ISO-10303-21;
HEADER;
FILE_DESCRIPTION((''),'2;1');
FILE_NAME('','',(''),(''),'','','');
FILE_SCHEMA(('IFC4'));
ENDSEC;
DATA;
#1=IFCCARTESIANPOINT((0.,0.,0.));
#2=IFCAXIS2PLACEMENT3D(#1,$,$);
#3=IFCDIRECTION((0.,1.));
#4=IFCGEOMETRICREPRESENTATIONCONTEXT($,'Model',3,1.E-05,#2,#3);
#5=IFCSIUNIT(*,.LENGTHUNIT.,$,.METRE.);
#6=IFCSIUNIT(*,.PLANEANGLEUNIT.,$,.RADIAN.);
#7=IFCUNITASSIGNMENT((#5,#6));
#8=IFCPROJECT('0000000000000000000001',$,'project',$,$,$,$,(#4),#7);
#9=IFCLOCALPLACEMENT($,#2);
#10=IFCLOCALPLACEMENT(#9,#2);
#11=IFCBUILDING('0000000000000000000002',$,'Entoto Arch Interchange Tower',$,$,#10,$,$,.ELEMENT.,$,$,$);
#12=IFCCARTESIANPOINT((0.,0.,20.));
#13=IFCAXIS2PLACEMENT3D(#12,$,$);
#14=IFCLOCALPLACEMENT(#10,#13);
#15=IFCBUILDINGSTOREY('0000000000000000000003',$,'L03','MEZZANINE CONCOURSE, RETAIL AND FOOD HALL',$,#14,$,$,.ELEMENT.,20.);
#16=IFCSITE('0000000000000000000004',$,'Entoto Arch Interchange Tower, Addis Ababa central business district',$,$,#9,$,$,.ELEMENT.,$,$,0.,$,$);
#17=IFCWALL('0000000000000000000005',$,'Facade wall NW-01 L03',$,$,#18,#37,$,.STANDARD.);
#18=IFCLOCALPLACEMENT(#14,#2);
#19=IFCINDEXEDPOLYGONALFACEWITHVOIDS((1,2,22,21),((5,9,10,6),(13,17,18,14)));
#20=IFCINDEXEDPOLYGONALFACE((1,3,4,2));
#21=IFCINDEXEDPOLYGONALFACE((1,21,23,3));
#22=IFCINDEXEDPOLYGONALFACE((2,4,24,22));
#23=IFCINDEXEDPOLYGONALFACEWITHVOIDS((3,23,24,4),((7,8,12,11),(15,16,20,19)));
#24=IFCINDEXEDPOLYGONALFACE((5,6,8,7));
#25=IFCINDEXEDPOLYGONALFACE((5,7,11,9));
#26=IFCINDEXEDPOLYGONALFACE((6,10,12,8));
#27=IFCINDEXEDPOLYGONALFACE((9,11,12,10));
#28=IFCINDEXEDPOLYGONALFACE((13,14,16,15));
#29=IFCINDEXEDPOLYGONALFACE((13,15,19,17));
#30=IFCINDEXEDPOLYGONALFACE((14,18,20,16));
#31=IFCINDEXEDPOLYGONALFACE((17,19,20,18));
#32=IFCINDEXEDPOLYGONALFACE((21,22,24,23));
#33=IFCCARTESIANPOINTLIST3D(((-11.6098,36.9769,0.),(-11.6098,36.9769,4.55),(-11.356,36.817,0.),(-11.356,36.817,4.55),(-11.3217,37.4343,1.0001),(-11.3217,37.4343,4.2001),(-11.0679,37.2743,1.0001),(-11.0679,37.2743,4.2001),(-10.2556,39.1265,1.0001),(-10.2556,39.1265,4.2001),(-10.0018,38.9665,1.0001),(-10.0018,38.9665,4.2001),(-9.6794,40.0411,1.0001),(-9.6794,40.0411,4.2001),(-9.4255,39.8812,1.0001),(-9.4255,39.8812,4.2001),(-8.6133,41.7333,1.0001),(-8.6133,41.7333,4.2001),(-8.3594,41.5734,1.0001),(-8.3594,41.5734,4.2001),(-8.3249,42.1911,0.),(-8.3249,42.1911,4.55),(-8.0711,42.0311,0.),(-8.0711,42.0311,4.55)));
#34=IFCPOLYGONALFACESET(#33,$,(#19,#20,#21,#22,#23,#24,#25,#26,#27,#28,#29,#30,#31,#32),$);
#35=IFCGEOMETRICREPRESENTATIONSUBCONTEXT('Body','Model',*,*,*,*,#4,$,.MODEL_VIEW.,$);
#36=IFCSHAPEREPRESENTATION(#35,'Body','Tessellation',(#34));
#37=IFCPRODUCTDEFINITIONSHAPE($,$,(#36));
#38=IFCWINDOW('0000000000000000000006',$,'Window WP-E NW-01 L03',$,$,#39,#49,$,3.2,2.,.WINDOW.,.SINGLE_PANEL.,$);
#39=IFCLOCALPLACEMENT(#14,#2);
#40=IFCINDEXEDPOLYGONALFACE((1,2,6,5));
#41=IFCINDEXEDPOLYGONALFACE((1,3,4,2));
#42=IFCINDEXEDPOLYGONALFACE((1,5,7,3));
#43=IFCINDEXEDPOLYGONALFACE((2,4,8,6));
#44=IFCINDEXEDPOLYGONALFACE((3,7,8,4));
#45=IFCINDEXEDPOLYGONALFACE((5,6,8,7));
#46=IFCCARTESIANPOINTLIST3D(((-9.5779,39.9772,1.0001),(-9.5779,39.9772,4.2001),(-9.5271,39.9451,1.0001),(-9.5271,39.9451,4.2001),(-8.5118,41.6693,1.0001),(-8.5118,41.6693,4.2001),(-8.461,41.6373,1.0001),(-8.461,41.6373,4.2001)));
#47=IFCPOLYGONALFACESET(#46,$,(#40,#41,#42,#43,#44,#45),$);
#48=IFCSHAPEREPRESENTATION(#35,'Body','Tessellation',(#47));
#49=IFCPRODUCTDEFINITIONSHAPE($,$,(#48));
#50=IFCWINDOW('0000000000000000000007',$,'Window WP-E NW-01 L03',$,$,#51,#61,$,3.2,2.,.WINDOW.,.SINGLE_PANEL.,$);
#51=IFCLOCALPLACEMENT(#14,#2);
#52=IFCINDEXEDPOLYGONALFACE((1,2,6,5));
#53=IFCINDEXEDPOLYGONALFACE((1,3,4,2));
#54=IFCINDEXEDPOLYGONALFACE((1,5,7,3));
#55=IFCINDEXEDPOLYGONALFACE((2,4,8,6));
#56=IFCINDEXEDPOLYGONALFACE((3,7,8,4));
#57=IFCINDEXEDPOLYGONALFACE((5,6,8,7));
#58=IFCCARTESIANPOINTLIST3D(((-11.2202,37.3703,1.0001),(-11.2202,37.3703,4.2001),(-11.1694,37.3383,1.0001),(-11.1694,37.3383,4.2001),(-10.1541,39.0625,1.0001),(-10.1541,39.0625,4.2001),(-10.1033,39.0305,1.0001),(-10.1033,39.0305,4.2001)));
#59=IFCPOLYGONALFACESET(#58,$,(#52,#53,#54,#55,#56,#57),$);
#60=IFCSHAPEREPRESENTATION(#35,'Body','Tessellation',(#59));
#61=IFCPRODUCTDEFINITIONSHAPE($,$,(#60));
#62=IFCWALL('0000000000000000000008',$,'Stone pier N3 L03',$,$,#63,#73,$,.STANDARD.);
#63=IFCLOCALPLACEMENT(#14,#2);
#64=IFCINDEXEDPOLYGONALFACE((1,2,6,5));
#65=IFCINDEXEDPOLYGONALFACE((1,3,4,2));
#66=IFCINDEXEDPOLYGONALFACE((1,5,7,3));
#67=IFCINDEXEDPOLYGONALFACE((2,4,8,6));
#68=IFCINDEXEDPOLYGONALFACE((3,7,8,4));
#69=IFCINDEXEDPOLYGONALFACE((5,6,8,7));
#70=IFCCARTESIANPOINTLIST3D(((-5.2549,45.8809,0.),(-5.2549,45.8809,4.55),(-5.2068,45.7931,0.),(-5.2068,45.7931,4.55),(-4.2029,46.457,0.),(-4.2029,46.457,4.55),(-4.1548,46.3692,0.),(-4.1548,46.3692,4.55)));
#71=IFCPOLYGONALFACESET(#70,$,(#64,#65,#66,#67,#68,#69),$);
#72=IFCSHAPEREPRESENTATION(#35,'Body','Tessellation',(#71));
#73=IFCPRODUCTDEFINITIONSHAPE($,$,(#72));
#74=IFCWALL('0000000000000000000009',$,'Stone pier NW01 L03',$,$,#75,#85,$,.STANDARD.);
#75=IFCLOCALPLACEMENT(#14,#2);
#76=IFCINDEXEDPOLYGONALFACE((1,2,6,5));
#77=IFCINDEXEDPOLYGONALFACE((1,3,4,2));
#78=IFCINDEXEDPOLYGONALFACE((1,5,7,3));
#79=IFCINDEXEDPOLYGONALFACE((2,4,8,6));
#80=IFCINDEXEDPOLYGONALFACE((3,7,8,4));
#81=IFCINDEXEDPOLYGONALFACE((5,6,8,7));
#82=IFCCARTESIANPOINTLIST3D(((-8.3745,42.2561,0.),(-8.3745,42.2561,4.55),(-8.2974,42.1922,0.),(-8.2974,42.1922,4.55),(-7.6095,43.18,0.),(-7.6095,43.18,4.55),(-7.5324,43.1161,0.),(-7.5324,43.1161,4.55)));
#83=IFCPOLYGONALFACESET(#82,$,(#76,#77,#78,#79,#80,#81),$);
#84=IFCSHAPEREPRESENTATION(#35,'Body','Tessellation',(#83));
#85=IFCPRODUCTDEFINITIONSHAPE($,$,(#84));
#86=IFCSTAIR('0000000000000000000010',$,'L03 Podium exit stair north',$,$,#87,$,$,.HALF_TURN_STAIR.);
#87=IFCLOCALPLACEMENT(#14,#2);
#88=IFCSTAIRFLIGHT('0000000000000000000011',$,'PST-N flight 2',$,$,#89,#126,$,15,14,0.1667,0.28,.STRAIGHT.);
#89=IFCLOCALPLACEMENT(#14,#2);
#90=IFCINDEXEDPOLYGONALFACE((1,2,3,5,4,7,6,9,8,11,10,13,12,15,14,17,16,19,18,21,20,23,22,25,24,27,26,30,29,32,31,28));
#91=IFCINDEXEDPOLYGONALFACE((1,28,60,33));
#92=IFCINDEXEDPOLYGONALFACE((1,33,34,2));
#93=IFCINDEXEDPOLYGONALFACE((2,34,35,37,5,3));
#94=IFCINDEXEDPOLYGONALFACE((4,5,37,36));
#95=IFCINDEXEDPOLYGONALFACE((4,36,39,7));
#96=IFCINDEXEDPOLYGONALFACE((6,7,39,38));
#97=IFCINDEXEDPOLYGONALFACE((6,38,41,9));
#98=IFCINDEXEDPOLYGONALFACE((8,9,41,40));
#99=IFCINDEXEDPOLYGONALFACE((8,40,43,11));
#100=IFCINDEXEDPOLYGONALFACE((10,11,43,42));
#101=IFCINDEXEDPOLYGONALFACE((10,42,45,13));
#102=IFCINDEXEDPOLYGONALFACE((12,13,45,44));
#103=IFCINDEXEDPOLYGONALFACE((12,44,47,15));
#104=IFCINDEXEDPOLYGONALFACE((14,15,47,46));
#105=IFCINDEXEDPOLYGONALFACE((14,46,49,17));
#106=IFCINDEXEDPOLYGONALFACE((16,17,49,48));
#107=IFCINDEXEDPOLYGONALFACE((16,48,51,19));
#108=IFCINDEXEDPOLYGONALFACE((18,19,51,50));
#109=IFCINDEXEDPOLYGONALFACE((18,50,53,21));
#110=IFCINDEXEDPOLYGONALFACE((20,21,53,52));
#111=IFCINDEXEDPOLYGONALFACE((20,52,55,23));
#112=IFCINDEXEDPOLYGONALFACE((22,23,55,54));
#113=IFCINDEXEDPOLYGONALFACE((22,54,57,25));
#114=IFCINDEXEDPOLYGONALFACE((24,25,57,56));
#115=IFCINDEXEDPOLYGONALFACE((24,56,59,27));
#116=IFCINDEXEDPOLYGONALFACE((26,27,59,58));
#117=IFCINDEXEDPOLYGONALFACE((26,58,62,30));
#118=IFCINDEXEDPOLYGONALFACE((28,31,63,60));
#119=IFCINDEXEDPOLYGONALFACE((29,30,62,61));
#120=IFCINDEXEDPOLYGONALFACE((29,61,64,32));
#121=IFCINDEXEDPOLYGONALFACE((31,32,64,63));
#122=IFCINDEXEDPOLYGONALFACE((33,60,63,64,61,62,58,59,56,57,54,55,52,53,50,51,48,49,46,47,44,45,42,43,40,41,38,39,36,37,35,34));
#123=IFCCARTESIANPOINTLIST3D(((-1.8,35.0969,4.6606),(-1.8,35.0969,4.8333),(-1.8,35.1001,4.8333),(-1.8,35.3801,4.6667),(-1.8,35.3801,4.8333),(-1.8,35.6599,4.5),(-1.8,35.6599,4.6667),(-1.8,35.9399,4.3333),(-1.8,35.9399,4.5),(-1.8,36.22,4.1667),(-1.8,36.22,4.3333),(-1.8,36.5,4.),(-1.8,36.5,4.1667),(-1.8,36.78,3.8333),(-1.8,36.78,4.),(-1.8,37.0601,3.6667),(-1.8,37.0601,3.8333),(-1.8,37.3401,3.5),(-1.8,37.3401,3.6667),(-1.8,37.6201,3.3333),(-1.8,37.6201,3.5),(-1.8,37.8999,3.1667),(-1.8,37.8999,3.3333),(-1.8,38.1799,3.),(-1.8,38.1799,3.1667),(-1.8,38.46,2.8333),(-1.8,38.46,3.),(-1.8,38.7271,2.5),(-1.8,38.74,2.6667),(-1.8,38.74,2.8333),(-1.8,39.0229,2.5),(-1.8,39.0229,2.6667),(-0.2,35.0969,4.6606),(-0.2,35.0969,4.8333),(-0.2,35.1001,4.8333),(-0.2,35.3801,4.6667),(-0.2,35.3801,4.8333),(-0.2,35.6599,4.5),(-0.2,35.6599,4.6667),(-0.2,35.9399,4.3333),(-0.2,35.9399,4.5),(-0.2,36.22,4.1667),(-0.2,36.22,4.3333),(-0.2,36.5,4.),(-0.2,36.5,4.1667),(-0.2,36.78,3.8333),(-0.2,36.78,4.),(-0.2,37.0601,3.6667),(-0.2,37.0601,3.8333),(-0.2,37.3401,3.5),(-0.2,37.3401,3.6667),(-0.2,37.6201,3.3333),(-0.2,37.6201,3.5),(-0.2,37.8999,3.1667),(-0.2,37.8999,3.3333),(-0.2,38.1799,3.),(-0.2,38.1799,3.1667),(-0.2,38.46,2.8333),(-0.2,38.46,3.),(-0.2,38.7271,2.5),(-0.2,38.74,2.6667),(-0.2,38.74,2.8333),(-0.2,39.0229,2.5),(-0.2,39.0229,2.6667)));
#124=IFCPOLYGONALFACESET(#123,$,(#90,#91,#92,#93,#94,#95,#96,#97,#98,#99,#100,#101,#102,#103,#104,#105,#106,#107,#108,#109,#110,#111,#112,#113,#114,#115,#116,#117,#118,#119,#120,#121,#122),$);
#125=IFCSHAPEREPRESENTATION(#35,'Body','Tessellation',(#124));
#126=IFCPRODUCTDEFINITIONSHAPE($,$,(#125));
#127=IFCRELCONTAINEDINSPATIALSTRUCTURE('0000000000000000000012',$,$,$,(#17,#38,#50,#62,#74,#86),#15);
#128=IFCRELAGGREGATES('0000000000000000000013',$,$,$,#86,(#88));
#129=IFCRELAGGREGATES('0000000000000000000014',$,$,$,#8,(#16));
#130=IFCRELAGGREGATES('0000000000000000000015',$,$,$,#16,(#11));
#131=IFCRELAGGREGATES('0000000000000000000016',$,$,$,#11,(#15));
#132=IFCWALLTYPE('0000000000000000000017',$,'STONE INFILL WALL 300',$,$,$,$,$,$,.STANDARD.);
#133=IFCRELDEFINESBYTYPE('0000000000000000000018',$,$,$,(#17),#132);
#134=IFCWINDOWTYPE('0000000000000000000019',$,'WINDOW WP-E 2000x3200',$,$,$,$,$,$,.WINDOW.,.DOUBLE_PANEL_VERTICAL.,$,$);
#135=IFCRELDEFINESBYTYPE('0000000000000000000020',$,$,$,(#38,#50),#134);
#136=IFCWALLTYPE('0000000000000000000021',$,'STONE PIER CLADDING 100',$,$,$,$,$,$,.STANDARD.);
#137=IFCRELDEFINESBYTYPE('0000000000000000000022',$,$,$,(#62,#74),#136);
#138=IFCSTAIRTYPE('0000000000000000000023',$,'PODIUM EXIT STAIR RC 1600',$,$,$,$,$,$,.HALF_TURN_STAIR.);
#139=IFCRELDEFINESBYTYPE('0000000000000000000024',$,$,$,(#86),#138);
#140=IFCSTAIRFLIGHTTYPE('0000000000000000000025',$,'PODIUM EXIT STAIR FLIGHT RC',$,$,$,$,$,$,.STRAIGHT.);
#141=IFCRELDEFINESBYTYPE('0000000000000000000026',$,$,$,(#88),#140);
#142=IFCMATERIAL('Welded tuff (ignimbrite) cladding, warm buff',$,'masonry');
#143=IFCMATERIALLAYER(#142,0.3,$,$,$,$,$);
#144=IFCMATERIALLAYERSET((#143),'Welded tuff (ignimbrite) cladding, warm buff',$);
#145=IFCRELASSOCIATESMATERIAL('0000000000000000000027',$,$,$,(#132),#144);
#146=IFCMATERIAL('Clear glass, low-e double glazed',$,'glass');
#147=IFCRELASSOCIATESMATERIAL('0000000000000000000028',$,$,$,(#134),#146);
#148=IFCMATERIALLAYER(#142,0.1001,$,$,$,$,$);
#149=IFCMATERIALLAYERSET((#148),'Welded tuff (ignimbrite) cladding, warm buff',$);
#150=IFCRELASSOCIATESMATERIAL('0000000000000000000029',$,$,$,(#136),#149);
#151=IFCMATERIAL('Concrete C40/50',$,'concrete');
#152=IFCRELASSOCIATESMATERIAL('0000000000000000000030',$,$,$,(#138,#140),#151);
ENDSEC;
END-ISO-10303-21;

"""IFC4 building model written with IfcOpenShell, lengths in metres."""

from ifc_helpers import new_model, si_unit, direction, frame, frame_2d, origin, place, context, subcontext, project, spatial, polyline, rectangle, outline, extrude, material, layer, layer_set, type_object, element, fill, aggregate, save


model = new_model("IFC4")

# Units and contexts
model_context = context("Model", 3, precision=1e-05, world=origin(), true_north=direction((0.0, 1.0)))
body_context = subcontext(model_context, "Body", "Model", "MODEL_VIEW")
ifc_project = project(units=[si_unit("LENGTHUNIT", "METRE"), si_unit("PLANEANGLEUNIT", "RADIAN")], contexts=[model_context])

# Site, building, storey
site_placement = place(None, origin())
site = spatial("IfcSite", under=ifc_project, at=site_placement, Name="Entoto Arch Interchange Tower, Addis Ababa central business district", CompositionType="ELEMENT", RefElevation=0.0)
building_placement = place(site_placement, origin())
building = spatial("IfcBuilding", under=site, at=building_placement, Name="Entoto Arch Interchange Tower", CompositionType="ELEMENT")
storey_placement = place(building_placement, frame((0.0, 0.0, 20.0)))
storey = spatial("IfcBuildingStorey", under=building, at=storey_placement, Name="L03", Description="MEZZANINE CONCOURSE, RETAIL AND FOOD HALL", CompositionType="ELEMENT", Elevation=20.0)

# Shared definitions
ifc_material_1 = material(Name="Welded tuff (ignimbrite) cladding, warm buff", Category="masonry")
ifc_layer_1 = layer(ifc_material_1, 0.3)
ifc_layer_set_1 = layer_set([ifc_layer_1], Name="Welded tuff (ignimbrite) cladding, warm buff")
wall_type_1 = type_object("IfcWallType", Name="STONE INFILL WALL 300", PredefinedType="STANDARD", material=ifc_layer_set_1)
ifc_material_2 = material(Name="Clear glass, low-e double glazed", Category="glass")

# Wall, openings, windows
wall_1_placement = place(storey_placement, frame((-8.198, 42.1111, 0.0), z_axis=(0.0, 0.0, 1.0), x_axis=(-0.53304, -0.84609, 0.0)))
wall_1 = element("IfcWall", 1, at=wall_1_placement, inside=storey, type_object=wall_type_1, Name="Facade wall NW-01 L03", PredefinedType="STANDARD", context=body_context, shape_type="SweptSolid", body=[
    extrude(rectangle(XDim=6.1626, YDim=0.3, at=frame_2d((3.0813, 0.0))), origin(), (0.0, 0.0, 1.0), 4.55),
])
opening_1_placement = place(wall_1_placement, frame((0.541, 0.0, 1.0)))
opening_1 = element("IfcOpeningElement", 2, at=opening_1_placement, cuts=wall_1, PredefinedType="OPENING", context=body_context, shape_type="SweptSolid", body=[
    extrude(rectangle(XDim=2.0, YDim=3.2, at=frame_2d((1.0, 1.6001))), frame((0.0, 0.1602, 0.0), z_axis=(0.0, -1.0, 0.0), x_axis=(1.0, 0.0, 0.0)), (0.0, 0.0, 1.0), 0.3201),
])
opening_2_placement = place(wall_1_placement, frame((3.6221, 0.0, 1.0)))
opening_2 = element("IfcOpeningElement", 3, at=opening_2_placement, cuts=wall_1, PredefinedType="OPENING", context=body_context, shape_type="SweptSolid", body=[
    extrude(rectangle(XDim=2.0, YDim=3.2, at=frame_2d((1.0, 1.6001))), frame((0.0, 0.1602, 0.0), z_axis=(0.0, -1.0, 0.0), x_axis=(1.0, 0.0, 0.0)), (0.0, 0.0, 1.0), 0.3201),
])
window_type_1 = type_object("IfcWindowType", Name="WINDOW WP-E 2000x3200", PartitioningType="DOUBLE_PANEL_VERTICAL", PredefinedType="WINDOW", material=ifc_material_2)
window_1_placement = place(opening_1_placement, origin())
window_1 = element("IfcWindow", 4, at=window_1_placement, inside=storey, type_object=window_type_1, Name="Window WP-E NW-01 L03", OverallHeight=3.2, OverallWidth=2.0, PartitioningType="SINGLE_PANEL", PredefinedType="WINDOW", context=body_context, shape_type="SweptSolid", body=[
    extrude(rectangle(XDim=2.0, YDim=3.2, at=frame_2d((1.0, 1.6001))), frame((0.0, 0.03, 0.0), z_axis=(0.0, -1.0, 0.0), x_axis=(1.0, 0.0, 0.0)), (0.0, 0.0, 1.0), 0.0601),
])
fill(opening_1, window_1)
window_2_placement = place(opening_2_placement, origin())
window_2 = element("IfcWindow", 5, at=window_2_placement, inside=storey, type_object=window_type_1, Name="Window WP-E NW-01 L03", OverallHeight=3.2, OverallWidth=2.0, PartitioningType="SINGLE_PANEL", PredefinedType="WINDOW", context=body_context, shape_type="SweptSolid", body=[
    extrude(rectangle(XDim=2.0, YDim=3.2, at=frame_2d((1.0, 1.6001))), frame((0.0, 0.03, 0.0), z_axis=(0.0, -1.0, 0.0), x_axis=(1.0, 0.0, 0.0)), (0.0, 0.0, 1.0), 0.0601),
])
fill(opening_2, window_2)

# Walls
ifc_layer_2 = layer(ifc_material_1, 0.1001)
ifc_layer_set_2 = layer_set([ifc_layer_2], Name="Welded tuff (ignimbrite) cladding, warm buff")
wall_type_2 = type_object("IfcWallType", Name="STONE PIER CLADDING 100", PredefinedType="STANDARD", material=ifc_layer_set_2)
for number, where, z_axis, x_axis, name in (
    (6, (-4.179, 46.4131, 0.0), (0.0, 0.0, 1.0), (-0.87707, -0.480363, 0.0), "Stone pier N3 L03"),
    (7, (-7.571, 43.1479, 0.0), (0.0, 0.0, 1.0), (-0.637739, -0.770253, 0.0), "Stone pier NW01 L03"),
):
    element("IfcWall", number, at=place(storey_placement, frame(where, z_axis=z_axis, x_axis=x_axis)), inside=storey, type_object=wall_type_2, Name=name, PredefinedType="STANDARD", context=body_context, shape_type="SweptSolid", body=[
        extrude(rectangle(XDim=1.1995, YDim=0.1001, at=frame_2d((0.5996, 0.0))), origin(), (0.0, 0.0, 1.0), 4.55),
    ])

# Stair, stair flight
ifc_material_3 = material(Name="Concrete C40/50", Category="concrete")
stair_type = type_object("IfcStairType", Name="PODIUM EXIT STAIR RC 1600", PredefinedType="HALF_TURN_STAIR", material=ifc_material_3)
stair_placement = place(storey_placement, origin())
stair = element("IfcStair", 8, at=stair_placement, inside=storey, type_object=stair_type, Name="L03 Podium exit stair north", PredefinedType="HALF_TURN_STAIR")
stair_flight_type = type_object("IfcStairFlightType", Name="PODIUM EXIT STAIR FLIGHT RC", PredefinedType="STRAIGHT", material=ifc_material_3)
stair_flight_placement = place(storey_placement, frame((-1.0, 39.02, 2.5), z_axis=(0.0, 0.0, 1.0), x_axis=(0.0, -1.0, 0.0)))
stair_flight = element("IfcStairFlight", 9, at=stair_flight_placement, type_object=stair_flight_type, Name="PST-N flight 2", NumberOfRisers=15, NumberOfTreads=14, PredefinedType="STRAIGHT", RiserHeight=0.1667, TreadLength=0.28, context=body_context, shape_type="SweptSolid", body=[
    extrude(outline(polyline([(-0.0029, 0.0), (-0.0029, 0.1667), (0.28, 0.1667), (0.28, 0.3333), (0.5601, 0.3333), (0.5601, 0.5), (0.8401, 0.5), (0.8401, 0.6667), (1.1201, 0.6667), (1.1201, 0.8333), (1.3999, 0.8333), (1.3999, 1.0), (1.6799, 1.0), (1.6799, 1.1667), (1.96, 1.1667), (1.96, 1.3333), (2.24, 1.3333), (2.24, 1.5), (2.52, 1.5), (2.52, 1.6667), (2.8, 1.6667), (2.8, 1.8333), (3.0801, 1.8333), (3.0801, 2.0), (3.3601, 2.0), (3.3601, 2.1667), (3.6399, 2.1667), (3.6399, 2.3333), (3.9199, 2.3333), (3.9231, 2.3333), (3.9231, 2.1606), (0.293, 0.0), (-0.0029, 0.0)])), frame((0.0, 0.8, 0.0), z_axis=(0.0, -1.0, 0.0), x_axis=(1.0, 0.0, 0.0)), (0.0, 0.0, 1.0), 1.6001),
])
aggregate(stair, [stair_flight])

save(model, "model.ifc")
